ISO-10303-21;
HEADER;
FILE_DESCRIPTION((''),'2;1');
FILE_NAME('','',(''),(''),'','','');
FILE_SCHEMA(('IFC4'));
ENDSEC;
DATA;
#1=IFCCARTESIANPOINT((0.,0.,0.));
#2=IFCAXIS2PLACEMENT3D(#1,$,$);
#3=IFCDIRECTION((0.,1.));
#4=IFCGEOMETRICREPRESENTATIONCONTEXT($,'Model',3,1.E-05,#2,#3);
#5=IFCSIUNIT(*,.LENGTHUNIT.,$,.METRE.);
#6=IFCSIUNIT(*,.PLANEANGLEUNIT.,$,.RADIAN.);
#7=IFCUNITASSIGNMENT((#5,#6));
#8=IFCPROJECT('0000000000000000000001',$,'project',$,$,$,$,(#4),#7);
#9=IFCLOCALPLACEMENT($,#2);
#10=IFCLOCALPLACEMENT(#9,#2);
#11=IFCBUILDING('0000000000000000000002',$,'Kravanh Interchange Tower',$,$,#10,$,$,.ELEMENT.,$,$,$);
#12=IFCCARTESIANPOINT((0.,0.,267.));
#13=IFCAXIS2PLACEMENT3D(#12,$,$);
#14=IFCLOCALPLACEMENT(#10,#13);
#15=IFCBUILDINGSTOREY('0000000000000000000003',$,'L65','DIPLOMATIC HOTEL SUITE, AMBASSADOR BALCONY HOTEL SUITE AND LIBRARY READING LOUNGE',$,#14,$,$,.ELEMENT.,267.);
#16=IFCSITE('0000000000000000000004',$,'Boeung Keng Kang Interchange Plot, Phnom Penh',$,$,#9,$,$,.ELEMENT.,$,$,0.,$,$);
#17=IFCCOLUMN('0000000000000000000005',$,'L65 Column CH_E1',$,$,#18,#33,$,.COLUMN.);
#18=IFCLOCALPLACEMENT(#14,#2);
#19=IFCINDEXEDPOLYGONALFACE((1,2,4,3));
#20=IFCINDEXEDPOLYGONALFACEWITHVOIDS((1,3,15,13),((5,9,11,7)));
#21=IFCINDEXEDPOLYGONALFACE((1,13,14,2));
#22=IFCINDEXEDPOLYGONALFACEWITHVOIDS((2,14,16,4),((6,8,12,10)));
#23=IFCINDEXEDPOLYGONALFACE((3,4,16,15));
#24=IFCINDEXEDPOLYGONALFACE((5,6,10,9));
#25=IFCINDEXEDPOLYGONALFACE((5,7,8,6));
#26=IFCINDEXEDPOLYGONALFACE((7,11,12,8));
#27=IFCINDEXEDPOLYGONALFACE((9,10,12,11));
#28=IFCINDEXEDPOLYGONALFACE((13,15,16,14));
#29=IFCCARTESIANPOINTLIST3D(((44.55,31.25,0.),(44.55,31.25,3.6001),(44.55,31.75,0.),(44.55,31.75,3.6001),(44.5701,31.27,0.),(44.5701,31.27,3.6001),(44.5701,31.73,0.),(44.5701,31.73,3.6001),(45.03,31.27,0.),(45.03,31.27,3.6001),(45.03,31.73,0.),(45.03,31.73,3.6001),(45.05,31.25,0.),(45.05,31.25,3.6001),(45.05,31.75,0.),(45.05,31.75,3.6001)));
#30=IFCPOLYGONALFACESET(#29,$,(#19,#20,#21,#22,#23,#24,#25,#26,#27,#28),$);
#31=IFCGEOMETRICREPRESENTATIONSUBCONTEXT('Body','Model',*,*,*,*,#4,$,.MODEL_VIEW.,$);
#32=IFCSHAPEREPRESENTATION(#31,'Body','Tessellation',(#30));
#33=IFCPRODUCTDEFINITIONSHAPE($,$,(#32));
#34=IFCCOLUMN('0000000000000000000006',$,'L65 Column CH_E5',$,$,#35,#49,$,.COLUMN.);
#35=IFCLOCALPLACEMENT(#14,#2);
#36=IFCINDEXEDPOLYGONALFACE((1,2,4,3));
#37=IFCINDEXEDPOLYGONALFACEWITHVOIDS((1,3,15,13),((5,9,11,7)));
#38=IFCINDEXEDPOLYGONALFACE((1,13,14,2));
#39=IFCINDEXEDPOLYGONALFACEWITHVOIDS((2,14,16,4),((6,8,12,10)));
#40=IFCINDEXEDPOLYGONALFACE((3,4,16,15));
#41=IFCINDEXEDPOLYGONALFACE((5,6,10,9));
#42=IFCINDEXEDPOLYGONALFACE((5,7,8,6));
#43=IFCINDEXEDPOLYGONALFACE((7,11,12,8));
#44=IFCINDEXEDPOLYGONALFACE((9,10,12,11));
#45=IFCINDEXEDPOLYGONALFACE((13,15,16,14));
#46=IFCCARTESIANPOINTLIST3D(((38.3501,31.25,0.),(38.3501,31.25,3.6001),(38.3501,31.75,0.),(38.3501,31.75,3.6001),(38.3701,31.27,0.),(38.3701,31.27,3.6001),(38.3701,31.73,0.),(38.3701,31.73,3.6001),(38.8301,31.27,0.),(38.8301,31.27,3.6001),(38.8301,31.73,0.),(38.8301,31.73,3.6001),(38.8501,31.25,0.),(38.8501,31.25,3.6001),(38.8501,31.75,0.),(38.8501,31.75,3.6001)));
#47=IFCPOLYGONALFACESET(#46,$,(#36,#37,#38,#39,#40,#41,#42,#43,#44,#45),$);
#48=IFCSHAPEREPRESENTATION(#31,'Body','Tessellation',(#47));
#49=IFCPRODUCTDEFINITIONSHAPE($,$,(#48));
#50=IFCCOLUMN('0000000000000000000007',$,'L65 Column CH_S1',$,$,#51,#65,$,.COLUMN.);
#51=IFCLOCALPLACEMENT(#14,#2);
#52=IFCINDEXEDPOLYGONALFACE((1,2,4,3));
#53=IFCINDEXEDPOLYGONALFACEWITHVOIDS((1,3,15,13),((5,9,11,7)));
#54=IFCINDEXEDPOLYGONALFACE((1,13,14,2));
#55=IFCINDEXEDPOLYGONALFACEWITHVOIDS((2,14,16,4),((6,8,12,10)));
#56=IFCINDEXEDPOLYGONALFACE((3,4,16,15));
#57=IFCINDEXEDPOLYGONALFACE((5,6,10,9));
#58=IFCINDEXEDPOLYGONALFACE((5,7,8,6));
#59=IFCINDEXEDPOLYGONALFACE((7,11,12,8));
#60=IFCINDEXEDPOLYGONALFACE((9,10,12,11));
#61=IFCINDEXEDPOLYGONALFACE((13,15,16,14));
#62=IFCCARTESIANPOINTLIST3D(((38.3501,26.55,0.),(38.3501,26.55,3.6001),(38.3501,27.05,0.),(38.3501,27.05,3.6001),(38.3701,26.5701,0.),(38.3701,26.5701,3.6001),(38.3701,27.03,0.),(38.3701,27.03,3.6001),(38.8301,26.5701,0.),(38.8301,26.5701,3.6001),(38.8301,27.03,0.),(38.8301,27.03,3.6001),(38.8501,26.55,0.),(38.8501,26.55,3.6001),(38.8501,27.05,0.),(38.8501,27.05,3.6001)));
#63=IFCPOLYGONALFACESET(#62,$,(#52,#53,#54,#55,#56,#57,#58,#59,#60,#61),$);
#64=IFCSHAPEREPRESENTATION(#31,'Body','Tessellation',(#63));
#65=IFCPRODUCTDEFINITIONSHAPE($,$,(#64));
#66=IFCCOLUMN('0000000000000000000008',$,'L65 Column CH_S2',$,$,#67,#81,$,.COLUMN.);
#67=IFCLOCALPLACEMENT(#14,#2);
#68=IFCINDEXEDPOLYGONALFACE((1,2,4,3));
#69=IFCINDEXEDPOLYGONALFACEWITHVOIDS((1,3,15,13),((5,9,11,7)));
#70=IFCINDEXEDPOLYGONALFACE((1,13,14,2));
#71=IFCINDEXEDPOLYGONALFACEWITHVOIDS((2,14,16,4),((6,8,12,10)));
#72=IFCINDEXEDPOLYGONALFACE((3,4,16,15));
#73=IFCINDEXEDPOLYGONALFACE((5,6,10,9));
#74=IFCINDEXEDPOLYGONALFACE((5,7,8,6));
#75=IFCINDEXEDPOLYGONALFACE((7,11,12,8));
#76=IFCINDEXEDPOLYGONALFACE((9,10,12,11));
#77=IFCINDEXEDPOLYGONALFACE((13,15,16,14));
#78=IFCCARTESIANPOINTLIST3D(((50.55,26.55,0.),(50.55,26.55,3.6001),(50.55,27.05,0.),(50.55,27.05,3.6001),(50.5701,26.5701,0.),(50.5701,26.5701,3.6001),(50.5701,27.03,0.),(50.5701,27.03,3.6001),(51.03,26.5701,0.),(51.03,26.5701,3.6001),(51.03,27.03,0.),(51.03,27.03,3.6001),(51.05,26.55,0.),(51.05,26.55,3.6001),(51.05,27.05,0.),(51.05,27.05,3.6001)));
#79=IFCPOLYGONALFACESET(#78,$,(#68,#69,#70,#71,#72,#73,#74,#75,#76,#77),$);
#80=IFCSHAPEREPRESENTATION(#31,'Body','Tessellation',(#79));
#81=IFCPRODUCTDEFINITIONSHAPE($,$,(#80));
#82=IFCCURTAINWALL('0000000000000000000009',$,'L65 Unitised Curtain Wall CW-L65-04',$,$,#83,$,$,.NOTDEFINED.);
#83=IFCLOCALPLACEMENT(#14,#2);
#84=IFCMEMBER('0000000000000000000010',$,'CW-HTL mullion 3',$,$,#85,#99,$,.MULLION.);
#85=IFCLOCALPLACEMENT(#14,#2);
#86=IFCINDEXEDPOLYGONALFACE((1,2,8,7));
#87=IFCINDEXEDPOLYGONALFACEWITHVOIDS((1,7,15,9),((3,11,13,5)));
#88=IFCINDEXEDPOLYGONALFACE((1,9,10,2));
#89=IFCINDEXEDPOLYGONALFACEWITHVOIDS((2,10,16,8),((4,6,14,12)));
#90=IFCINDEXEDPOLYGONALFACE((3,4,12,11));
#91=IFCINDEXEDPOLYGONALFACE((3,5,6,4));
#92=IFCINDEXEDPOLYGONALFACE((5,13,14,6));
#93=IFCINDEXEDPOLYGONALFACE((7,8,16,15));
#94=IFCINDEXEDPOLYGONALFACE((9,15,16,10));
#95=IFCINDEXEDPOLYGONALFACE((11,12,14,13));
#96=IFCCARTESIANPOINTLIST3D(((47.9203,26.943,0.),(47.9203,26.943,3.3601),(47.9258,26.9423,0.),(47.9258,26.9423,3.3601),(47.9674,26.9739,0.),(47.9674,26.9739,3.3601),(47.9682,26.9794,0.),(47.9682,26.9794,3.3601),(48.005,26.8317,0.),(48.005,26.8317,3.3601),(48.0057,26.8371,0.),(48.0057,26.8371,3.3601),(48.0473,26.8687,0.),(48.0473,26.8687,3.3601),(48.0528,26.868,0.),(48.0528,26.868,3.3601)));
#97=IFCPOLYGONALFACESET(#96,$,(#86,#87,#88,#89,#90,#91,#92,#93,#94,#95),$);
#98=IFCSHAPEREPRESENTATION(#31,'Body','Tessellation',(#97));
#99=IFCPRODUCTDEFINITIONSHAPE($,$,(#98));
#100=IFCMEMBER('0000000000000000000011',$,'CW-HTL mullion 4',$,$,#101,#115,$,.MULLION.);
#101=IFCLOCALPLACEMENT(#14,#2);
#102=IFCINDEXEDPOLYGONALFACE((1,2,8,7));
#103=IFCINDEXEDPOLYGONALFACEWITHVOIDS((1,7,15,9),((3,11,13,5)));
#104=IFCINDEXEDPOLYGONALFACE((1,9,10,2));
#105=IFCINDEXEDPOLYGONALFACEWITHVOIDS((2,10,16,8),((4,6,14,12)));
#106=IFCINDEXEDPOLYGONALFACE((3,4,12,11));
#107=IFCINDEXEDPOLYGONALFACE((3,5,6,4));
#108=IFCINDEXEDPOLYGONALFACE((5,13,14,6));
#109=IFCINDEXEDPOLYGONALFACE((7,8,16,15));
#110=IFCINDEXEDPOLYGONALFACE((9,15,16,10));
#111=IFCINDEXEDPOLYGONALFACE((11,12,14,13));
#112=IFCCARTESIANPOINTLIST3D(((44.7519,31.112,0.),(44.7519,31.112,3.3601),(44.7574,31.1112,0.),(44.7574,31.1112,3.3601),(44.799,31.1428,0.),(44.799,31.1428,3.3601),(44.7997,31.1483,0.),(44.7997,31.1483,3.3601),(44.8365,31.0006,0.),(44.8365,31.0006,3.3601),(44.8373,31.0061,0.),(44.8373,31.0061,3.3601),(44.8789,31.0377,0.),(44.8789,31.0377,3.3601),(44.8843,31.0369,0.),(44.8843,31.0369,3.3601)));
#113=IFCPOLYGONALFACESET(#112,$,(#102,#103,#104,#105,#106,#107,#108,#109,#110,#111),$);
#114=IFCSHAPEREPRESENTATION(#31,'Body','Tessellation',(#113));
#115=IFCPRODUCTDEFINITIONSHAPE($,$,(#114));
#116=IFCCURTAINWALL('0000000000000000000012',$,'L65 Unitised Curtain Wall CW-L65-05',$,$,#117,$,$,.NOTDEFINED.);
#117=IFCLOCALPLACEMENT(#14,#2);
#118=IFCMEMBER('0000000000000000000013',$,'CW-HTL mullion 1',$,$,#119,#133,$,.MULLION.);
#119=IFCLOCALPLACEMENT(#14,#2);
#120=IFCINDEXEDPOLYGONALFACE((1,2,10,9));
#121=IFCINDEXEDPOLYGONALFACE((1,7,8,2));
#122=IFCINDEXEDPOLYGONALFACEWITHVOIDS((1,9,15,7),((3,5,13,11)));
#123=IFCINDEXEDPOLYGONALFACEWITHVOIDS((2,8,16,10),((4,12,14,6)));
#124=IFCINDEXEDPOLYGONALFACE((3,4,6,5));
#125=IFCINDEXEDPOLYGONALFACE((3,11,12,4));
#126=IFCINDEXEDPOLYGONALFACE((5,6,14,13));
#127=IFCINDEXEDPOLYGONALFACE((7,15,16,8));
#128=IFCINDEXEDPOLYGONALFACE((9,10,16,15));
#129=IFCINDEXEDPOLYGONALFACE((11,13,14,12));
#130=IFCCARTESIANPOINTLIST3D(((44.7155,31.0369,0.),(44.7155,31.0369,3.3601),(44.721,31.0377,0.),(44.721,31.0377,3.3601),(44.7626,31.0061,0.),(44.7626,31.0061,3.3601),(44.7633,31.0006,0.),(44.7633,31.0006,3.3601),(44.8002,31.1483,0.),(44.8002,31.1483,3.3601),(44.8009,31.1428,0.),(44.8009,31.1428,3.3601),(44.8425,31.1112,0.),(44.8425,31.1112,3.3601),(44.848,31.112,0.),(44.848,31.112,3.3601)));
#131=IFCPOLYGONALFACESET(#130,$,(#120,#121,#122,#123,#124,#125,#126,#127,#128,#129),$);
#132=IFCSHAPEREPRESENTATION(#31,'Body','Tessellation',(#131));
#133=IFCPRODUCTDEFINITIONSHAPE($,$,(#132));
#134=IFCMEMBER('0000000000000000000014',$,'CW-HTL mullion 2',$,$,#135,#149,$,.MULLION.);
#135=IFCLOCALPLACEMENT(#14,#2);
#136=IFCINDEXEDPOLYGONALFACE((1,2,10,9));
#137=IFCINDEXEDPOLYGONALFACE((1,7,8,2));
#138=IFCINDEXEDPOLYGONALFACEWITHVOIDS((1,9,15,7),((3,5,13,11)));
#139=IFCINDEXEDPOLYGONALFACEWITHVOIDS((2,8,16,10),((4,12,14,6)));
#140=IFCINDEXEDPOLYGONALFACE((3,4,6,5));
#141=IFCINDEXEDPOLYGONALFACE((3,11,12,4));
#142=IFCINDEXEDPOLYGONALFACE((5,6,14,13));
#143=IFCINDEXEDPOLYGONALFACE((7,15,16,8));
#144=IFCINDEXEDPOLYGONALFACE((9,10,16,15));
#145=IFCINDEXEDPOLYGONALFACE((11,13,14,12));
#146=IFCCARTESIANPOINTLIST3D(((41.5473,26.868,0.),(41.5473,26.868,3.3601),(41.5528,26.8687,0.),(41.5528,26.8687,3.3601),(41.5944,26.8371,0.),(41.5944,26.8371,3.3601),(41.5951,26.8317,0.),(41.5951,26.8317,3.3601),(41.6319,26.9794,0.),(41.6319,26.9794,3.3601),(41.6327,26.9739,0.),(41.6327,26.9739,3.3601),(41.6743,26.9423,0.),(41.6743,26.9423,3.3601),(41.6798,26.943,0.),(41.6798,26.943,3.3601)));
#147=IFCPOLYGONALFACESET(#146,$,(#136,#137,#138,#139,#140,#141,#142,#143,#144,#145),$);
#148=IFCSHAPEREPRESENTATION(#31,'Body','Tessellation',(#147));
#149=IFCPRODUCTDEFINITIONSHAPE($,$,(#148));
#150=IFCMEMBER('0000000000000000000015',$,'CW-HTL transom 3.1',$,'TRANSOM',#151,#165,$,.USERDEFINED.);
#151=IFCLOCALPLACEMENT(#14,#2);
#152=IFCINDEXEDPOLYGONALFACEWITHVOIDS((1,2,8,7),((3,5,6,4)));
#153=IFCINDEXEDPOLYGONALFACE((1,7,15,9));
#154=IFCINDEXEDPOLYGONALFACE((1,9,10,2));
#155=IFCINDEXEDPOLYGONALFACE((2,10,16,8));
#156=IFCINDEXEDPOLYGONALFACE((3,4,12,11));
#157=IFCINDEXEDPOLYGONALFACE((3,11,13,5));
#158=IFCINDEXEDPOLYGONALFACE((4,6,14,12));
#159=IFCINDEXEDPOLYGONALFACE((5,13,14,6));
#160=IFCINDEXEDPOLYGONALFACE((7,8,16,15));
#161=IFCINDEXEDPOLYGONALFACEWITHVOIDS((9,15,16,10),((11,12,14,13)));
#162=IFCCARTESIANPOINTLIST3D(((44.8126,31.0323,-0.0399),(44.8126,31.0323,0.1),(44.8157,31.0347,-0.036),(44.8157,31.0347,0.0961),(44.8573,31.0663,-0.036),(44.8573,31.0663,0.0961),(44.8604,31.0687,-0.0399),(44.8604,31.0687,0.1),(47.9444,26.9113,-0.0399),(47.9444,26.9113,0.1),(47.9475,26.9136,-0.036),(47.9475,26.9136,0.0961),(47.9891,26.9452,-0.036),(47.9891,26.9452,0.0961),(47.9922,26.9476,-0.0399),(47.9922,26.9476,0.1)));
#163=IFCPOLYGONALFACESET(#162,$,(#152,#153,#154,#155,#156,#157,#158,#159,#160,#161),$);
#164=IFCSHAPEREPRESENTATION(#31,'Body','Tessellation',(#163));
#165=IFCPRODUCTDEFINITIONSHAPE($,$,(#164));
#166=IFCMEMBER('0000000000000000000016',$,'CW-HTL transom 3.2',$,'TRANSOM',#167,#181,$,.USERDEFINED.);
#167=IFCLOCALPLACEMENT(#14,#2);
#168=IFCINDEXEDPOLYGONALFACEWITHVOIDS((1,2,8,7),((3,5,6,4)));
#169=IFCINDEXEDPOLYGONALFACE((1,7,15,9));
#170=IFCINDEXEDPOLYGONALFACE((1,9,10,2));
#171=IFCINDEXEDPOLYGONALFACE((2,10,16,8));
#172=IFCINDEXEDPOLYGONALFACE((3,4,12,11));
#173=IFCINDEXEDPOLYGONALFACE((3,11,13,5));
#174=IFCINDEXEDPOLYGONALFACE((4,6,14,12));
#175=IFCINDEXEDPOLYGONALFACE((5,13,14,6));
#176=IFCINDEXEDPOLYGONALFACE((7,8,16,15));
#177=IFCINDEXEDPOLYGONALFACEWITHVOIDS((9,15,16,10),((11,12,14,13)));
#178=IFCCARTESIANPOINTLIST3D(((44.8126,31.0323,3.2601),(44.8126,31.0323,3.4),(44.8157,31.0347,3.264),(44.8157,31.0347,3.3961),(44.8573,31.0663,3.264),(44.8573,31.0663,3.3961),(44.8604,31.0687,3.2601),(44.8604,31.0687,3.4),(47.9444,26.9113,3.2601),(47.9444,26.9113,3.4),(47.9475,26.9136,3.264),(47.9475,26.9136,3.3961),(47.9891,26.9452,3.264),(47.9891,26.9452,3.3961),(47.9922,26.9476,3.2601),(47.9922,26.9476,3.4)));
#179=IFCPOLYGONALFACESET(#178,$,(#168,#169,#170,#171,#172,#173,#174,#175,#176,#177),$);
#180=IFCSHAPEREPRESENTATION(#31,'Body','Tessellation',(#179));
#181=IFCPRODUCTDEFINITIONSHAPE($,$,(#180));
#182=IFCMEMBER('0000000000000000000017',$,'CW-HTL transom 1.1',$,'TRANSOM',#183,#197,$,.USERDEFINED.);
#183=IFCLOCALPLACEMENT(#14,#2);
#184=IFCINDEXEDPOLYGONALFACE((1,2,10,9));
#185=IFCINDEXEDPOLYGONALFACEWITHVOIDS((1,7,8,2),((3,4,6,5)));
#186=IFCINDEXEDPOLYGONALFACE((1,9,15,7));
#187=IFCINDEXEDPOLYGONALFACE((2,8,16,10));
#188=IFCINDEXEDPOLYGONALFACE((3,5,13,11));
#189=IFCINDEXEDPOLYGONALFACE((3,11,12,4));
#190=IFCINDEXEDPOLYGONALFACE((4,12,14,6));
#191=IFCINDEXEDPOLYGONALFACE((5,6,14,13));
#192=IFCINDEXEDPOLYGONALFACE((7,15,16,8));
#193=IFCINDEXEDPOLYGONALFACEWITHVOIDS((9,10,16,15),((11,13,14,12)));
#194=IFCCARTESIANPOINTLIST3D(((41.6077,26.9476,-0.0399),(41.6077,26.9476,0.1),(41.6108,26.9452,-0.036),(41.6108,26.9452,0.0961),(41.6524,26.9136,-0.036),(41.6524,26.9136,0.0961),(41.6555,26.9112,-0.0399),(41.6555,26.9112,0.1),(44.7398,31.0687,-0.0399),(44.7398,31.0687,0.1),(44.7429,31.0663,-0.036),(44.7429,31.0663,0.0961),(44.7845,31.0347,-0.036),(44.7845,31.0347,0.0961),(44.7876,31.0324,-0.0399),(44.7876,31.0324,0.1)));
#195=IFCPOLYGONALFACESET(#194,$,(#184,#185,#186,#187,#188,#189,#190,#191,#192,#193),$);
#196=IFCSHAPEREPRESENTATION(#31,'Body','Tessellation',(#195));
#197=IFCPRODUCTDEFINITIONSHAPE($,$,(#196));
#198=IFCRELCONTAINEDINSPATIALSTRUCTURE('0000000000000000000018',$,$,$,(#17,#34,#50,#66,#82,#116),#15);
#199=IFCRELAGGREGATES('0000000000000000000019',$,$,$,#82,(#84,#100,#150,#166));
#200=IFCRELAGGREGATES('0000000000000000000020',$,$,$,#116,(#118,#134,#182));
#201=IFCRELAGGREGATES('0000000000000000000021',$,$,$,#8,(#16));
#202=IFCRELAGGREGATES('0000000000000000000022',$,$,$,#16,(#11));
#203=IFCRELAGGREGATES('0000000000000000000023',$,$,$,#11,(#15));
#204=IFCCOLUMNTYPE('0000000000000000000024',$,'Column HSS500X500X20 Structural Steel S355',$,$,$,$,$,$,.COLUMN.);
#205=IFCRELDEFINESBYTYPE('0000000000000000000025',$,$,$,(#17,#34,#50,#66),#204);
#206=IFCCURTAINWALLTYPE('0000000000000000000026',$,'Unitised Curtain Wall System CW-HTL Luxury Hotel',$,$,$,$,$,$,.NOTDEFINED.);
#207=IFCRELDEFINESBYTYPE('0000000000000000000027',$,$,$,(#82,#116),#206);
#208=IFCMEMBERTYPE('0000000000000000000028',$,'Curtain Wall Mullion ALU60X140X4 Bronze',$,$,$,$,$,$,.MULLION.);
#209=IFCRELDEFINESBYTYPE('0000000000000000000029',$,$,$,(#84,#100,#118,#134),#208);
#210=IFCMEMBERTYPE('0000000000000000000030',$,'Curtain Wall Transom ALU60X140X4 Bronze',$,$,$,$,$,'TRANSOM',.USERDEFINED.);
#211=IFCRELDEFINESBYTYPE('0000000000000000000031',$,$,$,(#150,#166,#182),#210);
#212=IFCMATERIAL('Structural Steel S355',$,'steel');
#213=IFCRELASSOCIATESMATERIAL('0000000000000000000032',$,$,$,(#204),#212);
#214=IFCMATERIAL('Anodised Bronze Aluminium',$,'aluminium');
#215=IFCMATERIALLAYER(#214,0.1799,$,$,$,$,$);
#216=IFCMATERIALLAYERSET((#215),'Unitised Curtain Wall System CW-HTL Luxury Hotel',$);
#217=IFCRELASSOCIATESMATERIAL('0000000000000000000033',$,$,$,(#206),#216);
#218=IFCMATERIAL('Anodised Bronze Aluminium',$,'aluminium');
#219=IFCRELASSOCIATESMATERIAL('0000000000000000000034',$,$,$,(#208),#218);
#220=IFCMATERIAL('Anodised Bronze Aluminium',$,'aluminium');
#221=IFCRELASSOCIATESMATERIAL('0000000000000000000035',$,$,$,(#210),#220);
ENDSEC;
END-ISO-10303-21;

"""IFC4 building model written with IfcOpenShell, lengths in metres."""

from ifc_helpers import new_model, si_unit, direction, frame, origin, origin_2d, place, context, subcontext, project, spatial, hollow_rectangle, extrude, material, layer, layer_set, material_profile, profile_set, type_object, element, aggregate, save


model = new_model("IFC4")

# Units and contexts
model_context = context("Model", 3, precision=1e-05, world=origin(), true_north=direction((0.0, 1.0)))
body_context = subcontext(model_context, "Body", "Model", "MODEL_VIEW")
ifc_project = project(units=[si_unit("LENGTHUNIT", "METRE"), si_unit("PLANEANGLEUNIT", "RADIAN")], contexts=[model_context])

# Site, building, storey
site_placement = place(None, origin())
site = spatial("IfcSite", under=ifc_project, at=site_placement, Name="Boeung Keng Kang Interchange Plot, Phnom Penh", CompositionType="ELEMENT", RefElevation=0.0)
building_placement = place(site_placement, origin())
building = spatial("IfcBuilding", under=site, at=building_placement, Name="Kravanh Interchange Tower", CompositionType="ELEMENT")
storey_placement = place(building_placement, frame((0.0, 0.0, 267.0)))
storey = spatial("IfcBuildingStorey", under=building, at=storey_placement, Name="L65", Description="DIPLOMATIC HOTEL SUITE, AMBASSADOR BALCONY HOTEL SUITE AND LIBRARY READING LOUNGE", CompositionType="ELEMENT", Elevation=267.0)

# Columns
ifc_material_1 = material(Name="Structural Steel S355", Category="steel")
ifc_material_profile_1 = material_profile(ifc_material_1, hollow_rectangle(XDim=0.5, YDim=0.5, WallThickness=0.02, at=origin_2d()), Name="HSS500X500X20")
ifc_profile_set_1 = profile_set([ifc_material_profile_1], Name="Structural Steel S355")
column_type = type_object("IfcColumnType", Name="Column HSS500X500X20 Structural Steel S355", PredefinedType="COLUMN", material=ifc_profile_set_1)
for number, where, z_axis, x_axis, name in (
    (1, (44.8, 31.5, 0.0), (0.0, 0.0, 1.0), (1.0, 0.0, 0.0), "L65 Column CH_E1"),
    (2, (38.6001, 31.5, 0.0), (0.0, 0.0, 1.0), (1.0, 0.0, 0.0), "L65 Column CH_E5"),
    (3, (38.6001, 26.8, 0.0), (0.0, 0.0, 1.0), (1.0, 0.0, 0.0), "L65 Column CH_S1"),
    (4, (50.8, 26.8, 0.0), (0.0, 0.0, 1.0), (1.0, 0.0, 0.0), "L65 Column CH_S2"),
):
    element("IfcColumn", number, at=place(storey_placement, frame(where, z_axis=z_axis, x_axis=x_axis)), inside=storey, type_object=column_type, Name=name, PredefinedType="COLUMN", context=body_context, shape_type="SweptSolid", body=[
        extrude(hollow_rectangle(XDim=0.5, YDim=0.5, WallThickness=0.02, at=origin_2d()), origin(), (0.0, 0.0, 1.0), 3.6001),
    ])

# Curtain walls, members
ifc_material_2 = material(Name="Anodised Bronze Aluminium", Category="aluminium")
ifc_layer_1 = layer(ifc_material_2, 0.1799)
ifc_layer_set_1 = layer_set([ifc_layer_1], Name="Unitised Curtain Wall System CW-HTL Luxury Hotel")
curtain_wall_type = type_object("IfcCurtainWallType", Name="Unitised Curtain Wall System CW-HTL Luxury Hotel", PredefinedType="NOTDEFINED", material=ifc_layer_set_1)
curtain_wall_1_placement = place(storey_placement, origin())
curtain_wall_1 = element("IfcCurtainWall", 5, at=curtain_wall_1_placement, inside=storey, type_object=curtain_wall_type, Name="L65 Unitised Curtain Wall CW-L65-04", PredefinedType="NOTDEFINED")
ifc_material_3 = material(Name="Anodised Bronze Aluminium", Category="aluminium")
ifc_material_profile_2 = material_profile(ifc_material_3, hollow_rectangle(XDim=0.0601, YDim=0.1399, WallThickness=0.0039, at=origin_2d()), Name="ALU60X140X4")
ifc_profile_set_2 = profile_set([ifc_material_profile_2], Name="Anodised Bronze Aluminium")
member_type_1 = type_object("IfcMemberType", Name="Curtain Wall Mullion ALU60X140X4 Bronze", PredefinedType="MULLION", material=ifc_profile_set_2)
member_1_placement = place(storey_placement, frame((47.9866, 26.9055, 0.0), z_axis=(0.0, 0.0, 1.0), x_axis=(-0.796162, -0.605083, 0.0)))
member_1 = element("IfcMember", 6, at=member_1_placement, type_object=member_type_1, Name="CW-HTL mullion 3", PredefinedType="MULLION", context=body_context, shape_type="SweptSolid", body=[
    extrude(hollow_rectangle(XDim=0.0601, YDim=0.1399, WallThickness=0.0039, at=origin_2d()), origin(), (0.0, 0.0, 1.0), 3.3601),
])
member_2_placement = place(storey_placement, frame((44.8181, 31.0745, 0.0), z_axis=(0.0, 0.0, 1.0), x_axis=(-0.796162, -0.605083, 0.0)))
member_2 = element("IfcMember", 7, at=member_2_placement, type_object=member_type_1, Name="CW-HTL mullion 4", PredefinedType="MULLION", context=body_context, shape_type="SweptSolid", body=[
    extrude(hollow_rectangle(XDim=0.0601, YDim=0.1399, WallThickness=0.0039, at=origin_2d()), origin(), (0.0, 0.0, 1.0), 3.3601),
])
curtain_wall_2_placement = place(storey_placement, origin())
curtain_wall_2 = element("IfcCurtainWall", 8, at=curtain_wall_2_placement, inside=storey, type_object=curtain_wall_type, Name="L65 Unitised Curtain Wall CW-L65-05", PredefinedType="NOTDEFINED")
member_3_placement = place(storey_placement, frame((44.7817, 31.0745, 0.0), z_axis=(0.0, 0.0, 1.0), x_axis=(0.796162, -0.605083, 0.0)))
member_3 = element("IfcMember", 9, at=member_3_placement, type_object=member_type_1, Name="CW-HTL mullion 1", PredefinedType="MULLION", context=body_context, shape_type="SweptSolid", body=[
    extrude(hollow_rectangle(XDim=0.0601, YDim=0.1399, WallThickness=0.0039, at=origin_2d()), origin(), (0.0, 0.0, 1.0), 3.3601),
])
member_4_placement = place(storey_placement, frame((41.6135, 26.9055, 0.0), z_axis=(0.0, 0.0, 1.0), x_axis=(0.796162, -0.605083, 0.0)))
member_4 = element("IfcMember", 10, at=member_4_placement, type_object=member_type_1, Name="CW-HTL mullion 2", PredefinedType="MULLION", context=body_context, shape_type="SweptSolid", body=[
    extrude(hollow_rectangle(XDim=0.0601, YDim=0.1399, WallThickness=0.0039, at=origin_2d()), origin(), (0.0, 0.0, 1.0), 3.3601),
])

# Members
ifc_material_4 = material(Name="Anodised Bronze Aluminium", Category="aluminium")
ifc_material_profile_3 = material_profile(ifc_material_4, hollow_rectangle(XDim=0.0601, YDim=0.1399, WallThickness=0.0039, at=origin_2d()), Name="ALU60X140X4")
ifc_profile_set_3 = profile_set([ifc_material_profile_3], Name="Anodised Bronze Aluminium")
member_type_2 = type_object("IfcMemberType", Name="Curtain Wall Transom ALU60X140X4 Bronze", ElementType="TRANSOM", PredefinedType="USERDEFINED", material=ifc_profile_set_3)
member_5_placement = place(storey_placement, frame((47.9683, 26.9294, 0.03), z_axis=(-0.605059, 0.79618, 0.0), x_axis=(-0.79618, -0.605059, 0.0)))
member_5 = element("IfcMember", 11, at=member_5_placement, type_object=member_type_2, Name="CW-HTL transom 3.1", ObjectType="TRANSOM", PredefinedType="USERDEFINED", context=body_context, shape_type="SweptSolid", body=[
    extrude(hollow_rectangle(XDim=0.0601, YDim=0.1399, WallThickness=0.0039, at=origin_2d()), origin(), (0.0, 0.0, 1.0), 5.176),
])
member_6_placement = place(storey_placement, frame((47.9683, 26.9294, 3.3301), z_axis=(-0.605059, 0.79618, 0.0), x_axis=(-0.79618, -0.605059, 0.0)))
member_6 = element("IfcMember", 12, at=member_6_placement, type_object=member_type_2, Name="CW-HTL transom 3.2", ObjectType="TRANSOM", PredefinedType="USERDEFINED", context=body_context, shape_type="SweptSolid", body=[
    extrude(hollow_rectangle(XDim=0.0601, YDim=0.1399, WallThickness=0.0039, at=origin_2d()), origin(), (0.0, 0.0, 1.0), 5.176),
])
member_7_placement = place(storey_placement, frame((44.7637, 31.0505, 0.03), z_axis=(-0.605089, -0.796158, 0.0), x_axis=(0.796158, -0.605089, 0.0)))
member_7 = element("IfcMember", 13, at=member_7_placement, type_object=member_type_2, Name="CW-HTL transom 1.1", ObjectType="TRANSOM", PredefinedType="USERDEFINED", context=body_context, shape_type="SweptSolid", body=[
    extrude(hollow_rectangle(XDim=0.0601, YDim=0.1399, WallThickness=0.0039, at=origin_2d()), origin(), (0.0, 0.0, 1.0), 5.1763),
])

aggregate(curtain_wall_1, [member_1, member_2, member_5, member_6])
aggregate(curtain_wall_2, [member_3, member_4, member_7])

save(model, "model.ifc")
